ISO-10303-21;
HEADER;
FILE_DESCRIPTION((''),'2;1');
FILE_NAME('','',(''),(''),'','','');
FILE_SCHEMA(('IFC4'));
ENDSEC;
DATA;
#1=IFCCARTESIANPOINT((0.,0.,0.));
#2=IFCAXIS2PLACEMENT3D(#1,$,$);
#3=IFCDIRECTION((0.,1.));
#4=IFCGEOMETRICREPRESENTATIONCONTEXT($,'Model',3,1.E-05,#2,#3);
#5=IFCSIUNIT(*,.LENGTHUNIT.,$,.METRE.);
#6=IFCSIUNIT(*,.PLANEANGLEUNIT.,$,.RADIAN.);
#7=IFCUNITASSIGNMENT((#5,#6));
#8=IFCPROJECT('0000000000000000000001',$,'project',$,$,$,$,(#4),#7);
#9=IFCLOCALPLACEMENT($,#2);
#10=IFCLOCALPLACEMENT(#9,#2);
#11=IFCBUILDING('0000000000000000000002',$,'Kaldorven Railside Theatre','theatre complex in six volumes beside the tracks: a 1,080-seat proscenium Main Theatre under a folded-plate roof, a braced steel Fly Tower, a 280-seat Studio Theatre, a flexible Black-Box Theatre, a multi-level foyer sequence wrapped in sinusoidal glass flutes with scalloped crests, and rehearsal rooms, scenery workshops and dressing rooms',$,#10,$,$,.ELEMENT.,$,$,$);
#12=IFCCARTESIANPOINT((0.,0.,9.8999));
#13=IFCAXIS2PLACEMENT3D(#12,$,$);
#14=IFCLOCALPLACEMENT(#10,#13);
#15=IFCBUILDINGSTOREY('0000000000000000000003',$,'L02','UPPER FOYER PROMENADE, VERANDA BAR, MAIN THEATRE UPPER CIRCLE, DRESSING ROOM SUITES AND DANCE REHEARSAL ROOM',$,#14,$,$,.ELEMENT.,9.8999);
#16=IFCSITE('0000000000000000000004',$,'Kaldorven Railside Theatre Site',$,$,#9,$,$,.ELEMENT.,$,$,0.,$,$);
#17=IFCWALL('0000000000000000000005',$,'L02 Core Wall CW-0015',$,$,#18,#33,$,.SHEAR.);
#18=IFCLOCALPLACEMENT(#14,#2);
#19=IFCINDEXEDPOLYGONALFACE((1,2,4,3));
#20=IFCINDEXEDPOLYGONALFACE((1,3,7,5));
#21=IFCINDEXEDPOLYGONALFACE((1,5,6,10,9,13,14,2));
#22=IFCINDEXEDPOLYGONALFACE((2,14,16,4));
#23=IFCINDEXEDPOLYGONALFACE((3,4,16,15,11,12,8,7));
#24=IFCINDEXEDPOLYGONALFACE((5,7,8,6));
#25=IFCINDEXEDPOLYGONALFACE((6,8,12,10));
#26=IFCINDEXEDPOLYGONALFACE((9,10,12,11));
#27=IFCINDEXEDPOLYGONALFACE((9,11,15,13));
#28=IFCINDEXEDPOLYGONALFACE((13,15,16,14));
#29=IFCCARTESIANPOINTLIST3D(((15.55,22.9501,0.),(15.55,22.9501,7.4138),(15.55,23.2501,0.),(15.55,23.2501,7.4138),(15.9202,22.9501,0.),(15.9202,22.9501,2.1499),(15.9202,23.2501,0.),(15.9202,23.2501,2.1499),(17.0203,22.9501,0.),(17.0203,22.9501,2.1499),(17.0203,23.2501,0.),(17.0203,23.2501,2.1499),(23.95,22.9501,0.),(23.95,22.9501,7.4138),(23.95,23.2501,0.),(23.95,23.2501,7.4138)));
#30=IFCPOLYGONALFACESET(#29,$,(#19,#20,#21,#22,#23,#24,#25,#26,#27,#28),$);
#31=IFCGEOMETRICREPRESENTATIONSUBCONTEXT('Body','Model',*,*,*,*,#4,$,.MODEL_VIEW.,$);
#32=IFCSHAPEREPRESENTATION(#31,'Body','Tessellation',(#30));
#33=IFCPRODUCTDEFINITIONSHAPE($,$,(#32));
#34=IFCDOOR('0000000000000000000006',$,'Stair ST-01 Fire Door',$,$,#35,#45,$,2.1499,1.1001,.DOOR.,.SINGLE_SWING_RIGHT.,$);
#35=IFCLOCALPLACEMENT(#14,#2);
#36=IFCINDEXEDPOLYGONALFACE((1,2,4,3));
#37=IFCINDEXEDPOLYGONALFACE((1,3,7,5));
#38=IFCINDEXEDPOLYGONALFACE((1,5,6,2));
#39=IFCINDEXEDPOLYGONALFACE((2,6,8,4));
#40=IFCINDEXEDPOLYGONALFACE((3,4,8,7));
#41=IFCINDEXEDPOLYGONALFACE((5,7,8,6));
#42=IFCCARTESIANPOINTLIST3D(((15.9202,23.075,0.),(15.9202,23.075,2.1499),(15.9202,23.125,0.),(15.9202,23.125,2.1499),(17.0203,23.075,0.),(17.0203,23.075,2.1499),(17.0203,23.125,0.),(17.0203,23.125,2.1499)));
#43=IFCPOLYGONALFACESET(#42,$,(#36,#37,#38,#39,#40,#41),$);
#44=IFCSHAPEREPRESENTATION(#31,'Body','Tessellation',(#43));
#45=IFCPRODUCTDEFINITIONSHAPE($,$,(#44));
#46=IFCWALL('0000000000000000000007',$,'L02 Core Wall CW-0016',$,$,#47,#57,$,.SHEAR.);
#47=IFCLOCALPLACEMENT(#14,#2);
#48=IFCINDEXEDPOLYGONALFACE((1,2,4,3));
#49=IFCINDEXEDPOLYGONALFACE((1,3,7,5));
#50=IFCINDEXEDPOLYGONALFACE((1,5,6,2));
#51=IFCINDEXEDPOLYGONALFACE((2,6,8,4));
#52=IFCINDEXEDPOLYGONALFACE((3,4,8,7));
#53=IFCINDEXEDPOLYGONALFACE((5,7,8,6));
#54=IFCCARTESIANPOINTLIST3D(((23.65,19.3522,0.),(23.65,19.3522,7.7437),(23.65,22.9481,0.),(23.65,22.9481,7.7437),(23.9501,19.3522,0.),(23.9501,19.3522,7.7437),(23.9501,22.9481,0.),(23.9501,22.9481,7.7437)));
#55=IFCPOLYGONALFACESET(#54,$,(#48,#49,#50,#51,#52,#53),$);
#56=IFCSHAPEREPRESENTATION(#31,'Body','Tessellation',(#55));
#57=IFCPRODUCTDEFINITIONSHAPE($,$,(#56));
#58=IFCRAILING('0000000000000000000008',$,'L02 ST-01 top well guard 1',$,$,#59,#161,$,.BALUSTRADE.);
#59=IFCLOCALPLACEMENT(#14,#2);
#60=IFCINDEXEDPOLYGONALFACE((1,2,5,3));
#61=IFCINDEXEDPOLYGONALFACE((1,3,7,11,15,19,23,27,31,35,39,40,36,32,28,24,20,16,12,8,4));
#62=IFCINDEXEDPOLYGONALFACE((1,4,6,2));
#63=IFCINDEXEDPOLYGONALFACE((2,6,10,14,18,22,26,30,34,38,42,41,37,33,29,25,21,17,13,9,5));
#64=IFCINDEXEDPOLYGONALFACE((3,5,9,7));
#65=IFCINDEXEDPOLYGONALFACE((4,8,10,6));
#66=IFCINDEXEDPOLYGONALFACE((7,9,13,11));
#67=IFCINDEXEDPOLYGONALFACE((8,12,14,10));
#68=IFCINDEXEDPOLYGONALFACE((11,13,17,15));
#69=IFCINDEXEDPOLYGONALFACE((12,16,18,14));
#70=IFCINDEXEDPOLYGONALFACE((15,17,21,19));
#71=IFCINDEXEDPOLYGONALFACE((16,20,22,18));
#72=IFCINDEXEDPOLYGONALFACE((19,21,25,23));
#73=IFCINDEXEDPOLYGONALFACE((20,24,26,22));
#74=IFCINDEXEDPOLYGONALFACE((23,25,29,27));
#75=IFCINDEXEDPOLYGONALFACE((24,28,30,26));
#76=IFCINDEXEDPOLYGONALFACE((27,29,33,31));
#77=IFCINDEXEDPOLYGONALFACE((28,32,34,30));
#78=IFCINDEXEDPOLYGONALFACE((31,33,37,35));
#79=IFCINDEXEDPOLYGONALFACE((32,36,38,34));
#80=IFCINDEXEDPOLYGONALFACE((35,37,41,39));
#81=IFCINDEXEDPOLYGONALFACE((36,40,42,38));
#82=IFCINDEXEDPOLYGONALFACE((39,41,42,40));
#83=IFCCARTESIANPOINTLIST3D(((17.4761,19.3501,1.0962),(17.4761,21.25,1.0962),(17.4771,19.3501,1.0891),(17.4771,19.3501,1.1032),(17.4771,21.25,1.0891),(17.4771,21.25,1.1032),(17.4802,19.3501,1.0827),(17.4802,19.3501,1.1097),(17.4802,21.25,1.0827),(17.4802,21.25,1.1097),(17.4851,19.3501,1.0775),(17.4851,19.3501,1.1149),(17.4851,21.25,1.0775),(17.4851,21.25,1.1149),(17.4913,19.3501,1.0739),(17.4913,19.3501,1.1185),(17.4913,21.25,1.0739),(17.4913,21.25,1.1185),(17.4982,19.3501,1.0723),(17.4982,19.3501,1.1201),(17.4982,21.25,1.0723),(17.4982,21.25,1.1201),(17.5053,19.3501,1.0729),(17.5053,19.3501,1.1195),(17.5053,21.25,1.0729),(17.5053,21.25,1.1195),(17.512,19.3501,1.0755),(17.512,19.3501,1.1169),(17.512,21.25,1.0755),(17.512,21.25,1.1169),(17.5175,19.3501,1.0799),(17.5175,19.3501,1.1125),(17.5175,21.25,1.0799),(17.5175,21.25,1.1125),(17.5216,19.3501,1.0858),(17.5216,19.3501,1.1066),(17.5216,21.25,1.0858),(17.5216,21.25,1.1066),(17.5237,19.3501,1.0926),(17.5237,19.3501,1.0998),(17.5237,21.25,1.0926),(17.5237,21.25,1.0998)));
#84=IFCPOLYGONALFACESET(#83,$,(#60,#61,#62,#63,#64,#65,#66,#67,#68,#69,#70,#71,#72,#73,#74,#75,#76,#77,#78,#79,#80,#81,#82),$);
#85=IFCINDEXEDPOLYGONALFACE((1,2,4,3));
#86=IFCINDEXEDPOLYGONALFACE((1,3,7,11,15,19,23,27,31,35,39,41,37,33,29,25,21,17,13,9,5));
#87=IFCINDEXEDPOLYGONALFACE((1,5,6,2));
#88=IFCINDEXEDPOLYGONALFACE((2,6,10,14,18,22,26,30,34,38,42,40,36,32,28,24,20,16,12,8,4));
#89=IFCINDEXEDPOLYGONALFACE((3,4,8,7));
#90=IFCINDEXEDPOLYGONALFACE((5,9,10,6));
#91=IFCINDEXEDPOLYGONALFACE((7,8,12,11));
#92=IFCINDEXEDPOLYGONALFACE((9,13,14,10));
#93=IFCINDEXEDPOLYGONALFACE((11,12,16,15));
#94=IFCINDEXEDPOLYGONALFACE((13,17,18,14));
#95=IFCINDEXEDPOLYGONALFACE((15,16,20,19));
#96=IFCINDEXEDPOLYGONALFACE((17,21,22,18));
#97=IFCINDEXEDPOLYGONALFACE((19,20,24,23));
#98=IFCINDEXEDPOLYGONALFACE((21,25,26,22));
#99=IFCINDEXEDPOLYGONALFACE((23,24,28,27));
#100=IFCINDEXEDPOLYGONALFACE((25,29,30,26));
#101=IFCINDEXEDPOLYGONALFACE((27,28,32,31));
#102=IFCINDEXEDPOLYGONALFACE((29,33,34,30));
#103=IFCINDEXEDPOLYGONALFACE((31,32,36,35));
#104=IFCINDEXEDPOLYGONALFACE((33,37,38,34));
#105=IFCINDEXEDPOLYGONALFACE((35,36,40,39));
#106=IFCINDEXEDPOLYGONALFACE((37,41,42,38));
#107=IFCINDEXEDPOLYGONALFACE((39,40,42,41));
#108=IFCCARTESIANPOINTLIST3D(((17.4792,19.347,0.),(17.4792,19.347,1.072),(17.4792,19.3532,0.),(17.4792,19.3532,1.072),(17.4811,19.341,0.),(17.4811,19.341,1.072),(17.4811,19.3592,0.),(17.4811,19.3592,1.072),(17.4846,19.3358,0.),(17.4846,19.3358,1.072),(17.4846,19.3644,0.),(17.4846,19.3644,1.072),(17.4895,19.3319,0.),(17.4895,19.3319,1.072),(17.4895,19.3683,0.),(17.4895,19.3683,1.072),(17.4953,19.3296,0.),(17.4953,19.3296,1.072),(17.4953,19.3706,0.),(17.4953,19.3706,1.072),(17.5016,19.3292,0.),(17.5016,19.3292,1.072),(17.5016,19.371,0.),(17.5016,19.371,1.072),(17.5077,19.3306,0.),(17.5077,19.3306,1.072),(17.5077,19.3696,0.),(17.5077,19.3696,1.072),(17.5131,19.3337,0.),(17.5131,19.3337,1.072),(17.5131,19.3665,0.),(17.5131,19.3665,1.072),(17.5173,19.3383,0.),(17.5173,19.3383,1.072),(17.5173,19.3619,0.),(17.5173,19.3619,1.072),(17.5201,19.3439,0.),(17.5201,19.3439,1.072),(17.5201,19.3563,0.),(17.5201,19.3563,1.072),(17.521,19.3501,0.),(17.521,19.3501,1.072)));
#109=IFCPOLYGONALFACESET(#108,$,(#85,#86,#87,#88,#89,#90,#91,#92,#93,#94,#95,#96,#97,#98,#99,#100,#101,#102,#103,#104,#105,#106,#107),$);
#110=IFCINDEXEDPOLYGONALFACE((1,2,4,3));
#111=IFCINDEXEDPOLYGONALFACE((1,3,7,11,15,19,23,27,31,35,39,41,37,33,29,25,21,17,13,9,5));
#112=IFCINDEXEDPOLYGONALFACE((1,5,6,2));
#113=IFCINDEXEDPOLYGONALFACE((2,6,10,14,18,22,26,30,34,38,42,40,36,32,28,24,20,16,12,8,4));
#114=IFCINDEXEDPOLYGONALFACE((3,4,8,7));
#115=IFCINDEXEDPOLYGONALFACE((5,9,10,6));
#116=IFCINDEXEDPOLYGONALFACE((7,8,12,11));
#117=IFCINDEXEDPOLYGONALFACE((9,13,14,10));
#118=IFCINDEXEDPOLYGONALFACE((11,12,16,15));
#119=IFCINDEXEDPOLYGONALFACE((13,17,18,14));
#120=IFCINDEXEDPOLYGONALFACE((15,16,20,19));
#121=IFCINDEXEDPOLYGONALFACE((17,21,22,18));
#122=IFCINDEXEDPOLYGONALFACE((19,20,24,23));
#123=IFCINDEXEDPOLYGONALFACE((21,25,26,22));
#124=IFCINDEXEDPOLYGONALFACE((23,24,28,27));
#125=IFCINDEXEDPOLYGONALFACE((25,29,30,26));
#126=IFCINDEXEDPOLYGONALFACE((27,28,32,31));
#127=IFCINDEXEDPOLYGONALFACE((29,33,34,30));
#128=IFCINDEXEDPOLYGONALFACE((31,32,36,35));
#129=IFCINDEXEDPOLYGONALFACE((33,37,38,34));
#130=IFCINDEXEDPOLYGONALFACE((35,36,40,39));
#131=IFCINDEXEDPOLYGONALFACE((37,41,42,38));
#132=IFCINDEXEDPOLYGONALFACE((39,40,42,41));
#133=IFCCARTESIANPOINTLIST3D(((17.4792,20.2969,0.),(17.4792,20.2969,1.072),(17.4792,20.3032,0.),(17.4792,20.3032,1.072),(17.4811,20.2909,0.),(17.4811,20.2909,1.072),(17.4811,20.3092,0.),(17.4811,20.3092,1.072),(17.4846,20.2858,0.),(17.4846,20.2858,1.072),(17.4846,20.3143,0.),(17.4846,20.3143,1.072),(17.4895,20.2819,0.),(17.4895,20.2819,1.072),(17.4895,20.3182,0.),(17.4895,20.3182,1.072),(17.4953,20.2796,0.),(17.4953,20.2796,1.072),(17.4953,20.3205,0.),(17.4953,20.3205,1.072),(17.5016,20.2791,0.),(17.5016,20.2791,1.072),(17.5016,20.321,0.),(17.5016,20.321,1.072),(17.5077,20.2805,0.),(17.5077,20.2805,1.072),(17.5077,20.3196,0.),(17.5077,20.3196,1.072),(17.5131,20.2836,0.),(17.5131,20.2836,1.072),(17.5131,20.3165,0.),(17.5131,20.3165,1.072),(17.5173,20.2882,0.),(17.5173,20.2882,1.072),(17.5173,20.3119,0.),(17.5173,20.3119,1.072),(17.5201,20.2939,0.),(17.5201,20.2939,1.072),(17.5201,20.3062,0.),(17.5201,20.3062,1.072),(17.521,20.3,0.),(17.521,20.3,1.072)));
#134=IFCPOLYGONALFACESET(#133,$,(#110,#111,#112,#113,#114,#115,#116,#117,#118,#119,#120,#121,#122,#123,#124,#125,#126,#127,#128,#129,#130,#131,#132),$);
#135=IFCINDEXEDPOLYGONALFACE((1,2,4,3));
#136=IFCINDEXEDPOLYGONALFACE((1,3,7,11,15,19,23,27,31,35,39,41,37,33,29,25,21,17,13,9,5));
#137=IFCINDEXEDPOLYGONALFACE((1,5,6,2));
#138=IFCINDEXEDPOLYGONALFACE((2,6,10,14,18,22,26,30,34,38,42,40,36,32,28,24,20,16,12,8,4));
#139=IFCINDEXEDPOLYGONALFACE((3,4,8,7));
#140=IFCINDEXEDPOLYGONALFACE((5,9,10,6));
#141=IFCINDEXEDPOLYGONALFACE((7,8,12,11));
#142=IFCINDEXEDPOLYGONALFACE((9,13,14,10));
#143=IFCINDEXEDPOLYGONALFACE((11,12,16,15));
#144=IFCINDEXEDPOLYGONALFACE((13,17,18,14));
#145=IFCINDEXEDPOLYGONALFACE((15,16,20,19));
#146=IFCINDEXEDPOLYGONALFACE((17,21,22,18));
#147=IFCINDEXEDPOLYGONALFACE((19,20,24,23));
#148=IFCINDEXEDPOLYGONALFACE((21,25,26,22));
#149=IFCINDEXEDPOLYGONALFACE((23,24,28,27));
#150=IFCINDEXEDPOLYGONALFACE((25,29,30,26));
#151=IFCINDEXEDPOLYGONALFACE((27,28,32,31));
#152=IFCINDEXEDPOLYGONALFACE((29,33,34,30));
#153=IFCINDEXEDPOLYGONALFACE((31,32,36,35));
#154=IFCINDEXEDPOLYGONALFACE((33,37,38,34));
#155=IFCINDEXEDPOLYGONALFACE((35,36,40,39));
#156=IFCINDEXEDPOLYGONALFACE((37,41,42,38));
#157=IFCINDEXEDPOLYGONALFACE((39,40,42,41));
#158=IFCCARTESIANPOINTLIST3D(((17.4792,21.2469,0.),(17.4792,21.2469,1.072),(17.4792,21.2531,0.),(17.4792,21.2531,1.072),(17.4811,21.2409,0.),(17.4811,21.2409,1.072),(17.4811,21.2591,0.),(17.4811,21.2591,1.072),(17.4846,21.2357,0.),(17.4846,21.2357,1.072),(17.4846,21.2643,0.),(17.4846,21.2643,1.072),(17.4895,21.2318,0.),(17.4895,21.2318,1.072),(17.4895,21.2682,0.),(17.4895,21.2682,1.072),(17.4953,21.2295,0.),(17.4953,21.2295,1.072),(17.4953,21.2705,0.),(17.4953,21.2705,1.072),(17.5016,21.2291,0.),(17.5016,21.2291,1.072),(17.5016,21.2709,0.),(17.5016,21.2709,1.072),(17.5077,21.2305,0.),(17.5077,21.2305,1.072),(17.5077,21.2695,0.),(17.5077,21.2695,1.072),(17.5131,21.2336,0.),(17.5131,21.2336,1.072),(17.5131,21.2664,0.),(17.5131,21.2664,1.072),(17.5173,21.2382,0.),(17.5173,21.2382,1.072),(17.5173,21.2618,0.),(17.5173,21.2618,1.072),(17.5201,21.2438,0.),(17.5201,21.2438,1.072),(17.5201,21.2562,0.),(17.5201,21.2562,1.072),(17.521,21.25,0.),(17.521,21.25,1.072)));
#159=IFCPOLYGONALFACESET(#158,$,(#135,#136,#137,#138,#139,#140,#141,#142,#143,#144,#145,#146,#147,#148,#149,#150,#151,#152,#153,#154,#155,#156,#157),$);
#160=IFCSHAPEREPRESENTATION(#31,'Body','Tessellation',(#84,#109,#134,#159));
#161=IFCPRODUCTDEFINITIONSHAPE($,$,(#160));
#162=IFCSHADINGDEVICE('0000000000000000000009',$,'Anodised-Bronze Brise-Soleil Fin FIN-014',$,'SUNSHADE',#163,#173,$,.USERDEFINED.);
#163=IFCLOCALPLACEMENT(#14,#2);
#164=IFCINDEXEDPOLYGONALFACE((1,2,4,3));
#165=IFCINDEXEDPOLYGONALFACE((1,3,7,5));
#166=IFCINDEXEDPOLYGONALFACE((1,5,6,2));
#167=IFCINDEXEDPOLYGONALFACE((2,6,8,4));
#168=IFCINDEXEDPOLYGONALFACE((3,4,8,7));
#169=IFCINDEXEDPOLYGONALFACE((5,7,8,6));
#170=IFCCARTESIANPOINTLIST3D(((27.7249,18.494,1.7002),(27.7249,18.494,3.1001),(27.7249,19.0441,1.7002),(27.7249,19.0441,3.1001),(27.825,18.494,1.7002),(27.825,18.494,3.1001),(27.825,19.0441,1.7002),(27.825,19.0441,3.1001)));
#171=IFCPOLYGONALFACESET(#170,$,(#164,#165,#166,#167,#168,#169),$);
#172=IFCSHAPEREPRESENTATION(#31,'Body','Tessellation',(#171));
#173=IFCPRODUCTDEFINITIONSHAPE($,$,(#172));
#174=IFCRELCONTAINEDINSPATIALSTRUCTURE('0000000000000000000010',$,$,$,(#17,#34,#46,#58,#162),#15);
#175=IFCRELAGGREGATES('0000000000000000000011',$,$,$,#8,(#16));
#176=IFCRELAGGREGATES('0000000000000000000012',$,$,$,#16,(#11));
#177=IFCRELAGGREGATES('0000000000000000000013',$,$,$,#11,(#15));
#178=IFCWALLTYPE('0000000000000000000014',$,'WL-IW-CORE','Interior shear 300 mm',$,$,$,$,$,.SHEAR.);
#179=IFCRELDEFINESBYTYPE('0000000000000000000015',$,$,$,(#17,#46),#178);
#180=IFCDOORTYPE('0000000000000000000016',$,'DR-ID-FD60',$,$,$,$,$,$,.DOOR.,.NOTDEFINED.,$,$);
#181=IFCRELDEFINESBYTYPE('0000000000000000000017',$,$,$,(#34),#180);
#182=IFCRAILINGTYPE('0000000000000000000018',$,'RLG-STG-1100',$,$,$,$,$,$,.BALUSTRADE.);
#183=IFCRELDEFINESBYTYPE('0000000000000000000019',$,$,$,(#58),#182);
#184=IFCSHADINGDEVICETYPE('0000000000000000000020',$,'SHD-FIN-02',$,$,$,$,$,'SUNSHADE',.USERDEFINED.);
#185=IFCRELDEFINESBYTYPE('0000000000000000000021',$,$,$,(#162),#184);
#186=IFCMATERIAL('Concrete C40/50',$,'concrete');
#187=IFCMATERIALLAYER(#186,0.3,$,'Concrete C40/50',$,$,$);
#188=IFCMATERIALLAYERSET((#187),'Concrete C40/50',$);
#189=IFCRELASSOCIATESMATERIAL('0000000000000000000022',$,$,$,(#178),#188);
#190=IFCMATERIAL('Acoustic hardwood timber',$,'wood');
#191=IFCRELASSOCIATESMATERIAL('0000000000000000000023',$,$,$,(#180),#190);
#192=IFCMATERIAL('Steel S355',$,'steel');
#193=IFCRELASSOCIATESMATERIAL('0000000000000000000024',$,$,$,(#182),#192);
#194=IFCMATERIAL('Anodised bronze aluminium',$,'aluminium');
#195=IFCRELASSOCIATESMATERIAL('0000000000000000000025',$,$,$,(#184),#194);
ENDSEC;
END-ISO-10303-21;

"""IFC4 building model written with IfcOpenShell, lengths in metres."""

from ifc_helpers import new_model, si_unit, direction, frame, frame_2d, origin, origin_2d, place, context, subcontext, project, spatial, rectangle, circle, extrude, material, layer, layer_set, type_object, element, fill, save


model = new_model("IFC4")

# Units and contexts
model_context = context("Model", 3, precision=1e-05, world=origin(), true_north=direction((0.0, 1.0)))
body_context = subcontext(model_context, "Body", "Model", "MODEL_VIEW")
ifc_project = project(units=[si_unit("LENGTHUNIT", "METRE"), si_unit("PLANEANGLEUNIT", "RADIAN")], contexts=[model_context])

# Site, building, storey
site_placement = place(None, origin())
site = spatial("IfcSite", under=ifc_project, at=site_placement, Name="Kaldorven Railside Theatre Site", CompositionType="ELEMENT", RefElevation=0.0)
building_placement = place(site_placement, origin())
building = spatial("IfcBuilding", under=site, at=building_placement, Name="Kaldorven Railside Theatre", Description="theatre complex in six volumes beside the tracks: a 1,080-seat proscenium Main Theatre under a folded-plate roof, a braced steel Fly Tower, a 280-seat Studio Theatre, a flexible Black-Box Theatre, a multi-level foyer sequence wrapped in sinusoidal glass flutes with scalloped crests, and rehearsal rooms, scenery workshops and dressing rooms", CompositionType="ELEMENT")
storey_placement = place(building_placement, frame((0.0, 0.0, 9.8999)))
storey = spatial("IfcBuildingStorey", under=building, at=storey_placement, Name="L02", Description="UPPER FOYER PROMENADE, VERANDA BAR, MAIN THEATRE UPPER CIRCLE, DRESSING ROOM SUITES AND DANCE REHEARSAL ROOM", CompositionType="ELEMENT", Elevation=9.8999)

# Shared definitions
ifc_material_1 = material(Name="Concrete C40/50", Category="concrete")

# Shared definitions
ifc_material_2 = material(Name="Steel S355", Category="steel")

# Shared definitions
ifc_material_3 = material(Name="Acoustic hardwood timber", Category="wood")

# Shared definitions
ifc_layer_1 = layer(ifc_material_1, 0.3, Name="Concrete C40/50")
ifc_layer_set_1 = layer_set([ifc_layer_1], Name="Concrete C40/50")
wall_type_1 = type_object("IfcWallType", Name="WL-IW-CORE", Description="Interior shear 300 mm", PredefinedType="SHEAR", material=ifc_layer_set_1)

# Wall, opening, door
wall_1_placement = place(storey_placement, frame((15.55, 23.1001, 0.0), z_axis=(0.0, 0.0, 1.0), x_axis=(1.0, 0.0, 0.0)))
wall_1 = element("IfcWall", 1, at=wall_1_placement, inside=storey, type_object=wall_type_1, Name="L02 Core Wall CW-0015", PredefinedType="SHEAR", context=body_context, shape_type="SweptSolid", body=[
    extrude(rectangle(XDim=8.3999, YDim=0.3, at=frame_2d((4.2, 0.0))), origin(), (0.0, 0.0, 1.0), 7.4138),
])
opening_1_placement = place(wall_1_placement, frame((0.3701, 0.0, 0.0)))
opening_1 = element("IfcOpeningElement", 2, at=opening_1_placement, cuts=wall_1, PredefinedType="OPENING", context=body_context, shape_type="SweptSolid", body=[
    extrude(rectangle(XDim=1.1001, YDim=2.1499, at=frame_2d((0.55, 1.075))), frame((0.0, 0.1602, 0.0), z_axis=(0.0, -1.0, 0.0), x_axis=(1.0, 0.0, 0.0)), (0.0, 0.0, 1.0), 0.3201),
])
door_type_1 = type_object("IfcDoorType", Name="DR-ID-FD60", OperationType="NOTDEFINED", PredefinedType="DOOR", material=ifc_material_3)
door_1_placement = place(opening_1_placement, origin())
door_1 = element("IfcDoor", 3, at=door_1_placement, inside=storey, type_object=door_type_1, Name="Stair ST-01 Fire Door", OperationType="SINGLE_SWING_RIGHT", OverallHeight=2.1499, OverallWidth=1.1001, PredefinedType="DOOR", context=body_context, shape_type="SweptSolid", body=[
    extrude(rectangle(XDim=1.1001, YDim=2.1499, at=frame_2d((0.55, 1.075))), frame((0.0, 0.0249, 0.0), z_axis=(0.0, -1.0, 0.0), x_axis=(1.0, 0.0, 0.0)), (0.0, 0.0, 1.0), 0.05),
])
fill(opening_1, door_1)

# Wall
wall_2_placement = place(storey_placement, frame((23.8, 22.948, 0.0), z_axis=(0.0, 0.0, 1.0), x_axis=(0.0, -1.0, 0.0)))
element("IfcWall", 4, at=wall_2_placement, inside=storey, type_object=wall_type_1, Name="L02 Core Wall CW-0016", PredefinedType="SHEAR", context=body_context, shape_type="SweptSolid", body=[
    extrude(rectangle(XDim=3.5959, YDim=0.3, at=frame_2d((1.7979, 0.0))), origin(), (0.0, 0.0, 1.0), 7.7437),
])

# Railing
railing_type = type_object("IfcRailingType", Name="RLG-STG-1100", PredefinedType="BALUSTRADE", material=ifc_material_2)
railing_placement = place(storey_placement, frame((17.5, 19.3501, 0.0)))
element("IfcRailing", 5, at=railing_placement, inside=storey, type_object=railing_type, Name="L02 ST-01 top well guard 1", PredefinedType="BALUSTRADE", context=body_context, shape_type="SweptSolid", body=[
    extrude(circle(Radius=0.0239, at=origin_2d()), frame((0.0, 0.0, 1.0962), z_axis=(0.0, 1.0, 0.0), x_axis=(-1.0, 0.0, 0.0)), (0.0, 0.0, 1.0), 1.8999),
    extrude(circle(Radius=0.021, at=origin_2d()), origin(), (0.0, 0.0, 1.0), 1.072),
    extrude(circle(Radius=0.021, at=origin_2d()), frame((0.0, 0.95, 0.0)), (0.0, 0.0, 1.0), 1.072),
    extrude(circle(Radius=0.021, at=origin_2d()), frame((0.0, 1.8999, 0.0)), (0.0, 0.0, 1.0), 1.072),
])

# Shading device
ifc_material_4 = material(Name="Anodised bronze aluminium", Category="aluminium")
shading_device_type = type_object("IfcShadingDeviceType", Name="SHD-FIN-02", ElementType="SUNSHADE", PredefinedType="USERDEFINED", material=ifc_material_4)
shading_device_placement = place(storey_placement, frame((27.7749, 18.769, 1.7002), z_axis=(0.0, 0.0, 1.0), x_axis=(-1.0, 0.0, 0.0)))
element("IfcShadingDevice", 6, at=shading_device_placement, inside=storey, type_object=shading_device_type, Name="Anodised-Bronze Brise-Soleil Fin FIN-014", ObjectType="SUNSHADE", PredefinedType="USERDEFINED", context=body_context, shape_type="SweptSolid", body=[
    extrude(rectangle(XDim=0.1001, YDim=0.55, at=origin_2d()), origin(), (0.0, 0.0, 1.0), 1.3999),
])

save(model, "model.ifc")
